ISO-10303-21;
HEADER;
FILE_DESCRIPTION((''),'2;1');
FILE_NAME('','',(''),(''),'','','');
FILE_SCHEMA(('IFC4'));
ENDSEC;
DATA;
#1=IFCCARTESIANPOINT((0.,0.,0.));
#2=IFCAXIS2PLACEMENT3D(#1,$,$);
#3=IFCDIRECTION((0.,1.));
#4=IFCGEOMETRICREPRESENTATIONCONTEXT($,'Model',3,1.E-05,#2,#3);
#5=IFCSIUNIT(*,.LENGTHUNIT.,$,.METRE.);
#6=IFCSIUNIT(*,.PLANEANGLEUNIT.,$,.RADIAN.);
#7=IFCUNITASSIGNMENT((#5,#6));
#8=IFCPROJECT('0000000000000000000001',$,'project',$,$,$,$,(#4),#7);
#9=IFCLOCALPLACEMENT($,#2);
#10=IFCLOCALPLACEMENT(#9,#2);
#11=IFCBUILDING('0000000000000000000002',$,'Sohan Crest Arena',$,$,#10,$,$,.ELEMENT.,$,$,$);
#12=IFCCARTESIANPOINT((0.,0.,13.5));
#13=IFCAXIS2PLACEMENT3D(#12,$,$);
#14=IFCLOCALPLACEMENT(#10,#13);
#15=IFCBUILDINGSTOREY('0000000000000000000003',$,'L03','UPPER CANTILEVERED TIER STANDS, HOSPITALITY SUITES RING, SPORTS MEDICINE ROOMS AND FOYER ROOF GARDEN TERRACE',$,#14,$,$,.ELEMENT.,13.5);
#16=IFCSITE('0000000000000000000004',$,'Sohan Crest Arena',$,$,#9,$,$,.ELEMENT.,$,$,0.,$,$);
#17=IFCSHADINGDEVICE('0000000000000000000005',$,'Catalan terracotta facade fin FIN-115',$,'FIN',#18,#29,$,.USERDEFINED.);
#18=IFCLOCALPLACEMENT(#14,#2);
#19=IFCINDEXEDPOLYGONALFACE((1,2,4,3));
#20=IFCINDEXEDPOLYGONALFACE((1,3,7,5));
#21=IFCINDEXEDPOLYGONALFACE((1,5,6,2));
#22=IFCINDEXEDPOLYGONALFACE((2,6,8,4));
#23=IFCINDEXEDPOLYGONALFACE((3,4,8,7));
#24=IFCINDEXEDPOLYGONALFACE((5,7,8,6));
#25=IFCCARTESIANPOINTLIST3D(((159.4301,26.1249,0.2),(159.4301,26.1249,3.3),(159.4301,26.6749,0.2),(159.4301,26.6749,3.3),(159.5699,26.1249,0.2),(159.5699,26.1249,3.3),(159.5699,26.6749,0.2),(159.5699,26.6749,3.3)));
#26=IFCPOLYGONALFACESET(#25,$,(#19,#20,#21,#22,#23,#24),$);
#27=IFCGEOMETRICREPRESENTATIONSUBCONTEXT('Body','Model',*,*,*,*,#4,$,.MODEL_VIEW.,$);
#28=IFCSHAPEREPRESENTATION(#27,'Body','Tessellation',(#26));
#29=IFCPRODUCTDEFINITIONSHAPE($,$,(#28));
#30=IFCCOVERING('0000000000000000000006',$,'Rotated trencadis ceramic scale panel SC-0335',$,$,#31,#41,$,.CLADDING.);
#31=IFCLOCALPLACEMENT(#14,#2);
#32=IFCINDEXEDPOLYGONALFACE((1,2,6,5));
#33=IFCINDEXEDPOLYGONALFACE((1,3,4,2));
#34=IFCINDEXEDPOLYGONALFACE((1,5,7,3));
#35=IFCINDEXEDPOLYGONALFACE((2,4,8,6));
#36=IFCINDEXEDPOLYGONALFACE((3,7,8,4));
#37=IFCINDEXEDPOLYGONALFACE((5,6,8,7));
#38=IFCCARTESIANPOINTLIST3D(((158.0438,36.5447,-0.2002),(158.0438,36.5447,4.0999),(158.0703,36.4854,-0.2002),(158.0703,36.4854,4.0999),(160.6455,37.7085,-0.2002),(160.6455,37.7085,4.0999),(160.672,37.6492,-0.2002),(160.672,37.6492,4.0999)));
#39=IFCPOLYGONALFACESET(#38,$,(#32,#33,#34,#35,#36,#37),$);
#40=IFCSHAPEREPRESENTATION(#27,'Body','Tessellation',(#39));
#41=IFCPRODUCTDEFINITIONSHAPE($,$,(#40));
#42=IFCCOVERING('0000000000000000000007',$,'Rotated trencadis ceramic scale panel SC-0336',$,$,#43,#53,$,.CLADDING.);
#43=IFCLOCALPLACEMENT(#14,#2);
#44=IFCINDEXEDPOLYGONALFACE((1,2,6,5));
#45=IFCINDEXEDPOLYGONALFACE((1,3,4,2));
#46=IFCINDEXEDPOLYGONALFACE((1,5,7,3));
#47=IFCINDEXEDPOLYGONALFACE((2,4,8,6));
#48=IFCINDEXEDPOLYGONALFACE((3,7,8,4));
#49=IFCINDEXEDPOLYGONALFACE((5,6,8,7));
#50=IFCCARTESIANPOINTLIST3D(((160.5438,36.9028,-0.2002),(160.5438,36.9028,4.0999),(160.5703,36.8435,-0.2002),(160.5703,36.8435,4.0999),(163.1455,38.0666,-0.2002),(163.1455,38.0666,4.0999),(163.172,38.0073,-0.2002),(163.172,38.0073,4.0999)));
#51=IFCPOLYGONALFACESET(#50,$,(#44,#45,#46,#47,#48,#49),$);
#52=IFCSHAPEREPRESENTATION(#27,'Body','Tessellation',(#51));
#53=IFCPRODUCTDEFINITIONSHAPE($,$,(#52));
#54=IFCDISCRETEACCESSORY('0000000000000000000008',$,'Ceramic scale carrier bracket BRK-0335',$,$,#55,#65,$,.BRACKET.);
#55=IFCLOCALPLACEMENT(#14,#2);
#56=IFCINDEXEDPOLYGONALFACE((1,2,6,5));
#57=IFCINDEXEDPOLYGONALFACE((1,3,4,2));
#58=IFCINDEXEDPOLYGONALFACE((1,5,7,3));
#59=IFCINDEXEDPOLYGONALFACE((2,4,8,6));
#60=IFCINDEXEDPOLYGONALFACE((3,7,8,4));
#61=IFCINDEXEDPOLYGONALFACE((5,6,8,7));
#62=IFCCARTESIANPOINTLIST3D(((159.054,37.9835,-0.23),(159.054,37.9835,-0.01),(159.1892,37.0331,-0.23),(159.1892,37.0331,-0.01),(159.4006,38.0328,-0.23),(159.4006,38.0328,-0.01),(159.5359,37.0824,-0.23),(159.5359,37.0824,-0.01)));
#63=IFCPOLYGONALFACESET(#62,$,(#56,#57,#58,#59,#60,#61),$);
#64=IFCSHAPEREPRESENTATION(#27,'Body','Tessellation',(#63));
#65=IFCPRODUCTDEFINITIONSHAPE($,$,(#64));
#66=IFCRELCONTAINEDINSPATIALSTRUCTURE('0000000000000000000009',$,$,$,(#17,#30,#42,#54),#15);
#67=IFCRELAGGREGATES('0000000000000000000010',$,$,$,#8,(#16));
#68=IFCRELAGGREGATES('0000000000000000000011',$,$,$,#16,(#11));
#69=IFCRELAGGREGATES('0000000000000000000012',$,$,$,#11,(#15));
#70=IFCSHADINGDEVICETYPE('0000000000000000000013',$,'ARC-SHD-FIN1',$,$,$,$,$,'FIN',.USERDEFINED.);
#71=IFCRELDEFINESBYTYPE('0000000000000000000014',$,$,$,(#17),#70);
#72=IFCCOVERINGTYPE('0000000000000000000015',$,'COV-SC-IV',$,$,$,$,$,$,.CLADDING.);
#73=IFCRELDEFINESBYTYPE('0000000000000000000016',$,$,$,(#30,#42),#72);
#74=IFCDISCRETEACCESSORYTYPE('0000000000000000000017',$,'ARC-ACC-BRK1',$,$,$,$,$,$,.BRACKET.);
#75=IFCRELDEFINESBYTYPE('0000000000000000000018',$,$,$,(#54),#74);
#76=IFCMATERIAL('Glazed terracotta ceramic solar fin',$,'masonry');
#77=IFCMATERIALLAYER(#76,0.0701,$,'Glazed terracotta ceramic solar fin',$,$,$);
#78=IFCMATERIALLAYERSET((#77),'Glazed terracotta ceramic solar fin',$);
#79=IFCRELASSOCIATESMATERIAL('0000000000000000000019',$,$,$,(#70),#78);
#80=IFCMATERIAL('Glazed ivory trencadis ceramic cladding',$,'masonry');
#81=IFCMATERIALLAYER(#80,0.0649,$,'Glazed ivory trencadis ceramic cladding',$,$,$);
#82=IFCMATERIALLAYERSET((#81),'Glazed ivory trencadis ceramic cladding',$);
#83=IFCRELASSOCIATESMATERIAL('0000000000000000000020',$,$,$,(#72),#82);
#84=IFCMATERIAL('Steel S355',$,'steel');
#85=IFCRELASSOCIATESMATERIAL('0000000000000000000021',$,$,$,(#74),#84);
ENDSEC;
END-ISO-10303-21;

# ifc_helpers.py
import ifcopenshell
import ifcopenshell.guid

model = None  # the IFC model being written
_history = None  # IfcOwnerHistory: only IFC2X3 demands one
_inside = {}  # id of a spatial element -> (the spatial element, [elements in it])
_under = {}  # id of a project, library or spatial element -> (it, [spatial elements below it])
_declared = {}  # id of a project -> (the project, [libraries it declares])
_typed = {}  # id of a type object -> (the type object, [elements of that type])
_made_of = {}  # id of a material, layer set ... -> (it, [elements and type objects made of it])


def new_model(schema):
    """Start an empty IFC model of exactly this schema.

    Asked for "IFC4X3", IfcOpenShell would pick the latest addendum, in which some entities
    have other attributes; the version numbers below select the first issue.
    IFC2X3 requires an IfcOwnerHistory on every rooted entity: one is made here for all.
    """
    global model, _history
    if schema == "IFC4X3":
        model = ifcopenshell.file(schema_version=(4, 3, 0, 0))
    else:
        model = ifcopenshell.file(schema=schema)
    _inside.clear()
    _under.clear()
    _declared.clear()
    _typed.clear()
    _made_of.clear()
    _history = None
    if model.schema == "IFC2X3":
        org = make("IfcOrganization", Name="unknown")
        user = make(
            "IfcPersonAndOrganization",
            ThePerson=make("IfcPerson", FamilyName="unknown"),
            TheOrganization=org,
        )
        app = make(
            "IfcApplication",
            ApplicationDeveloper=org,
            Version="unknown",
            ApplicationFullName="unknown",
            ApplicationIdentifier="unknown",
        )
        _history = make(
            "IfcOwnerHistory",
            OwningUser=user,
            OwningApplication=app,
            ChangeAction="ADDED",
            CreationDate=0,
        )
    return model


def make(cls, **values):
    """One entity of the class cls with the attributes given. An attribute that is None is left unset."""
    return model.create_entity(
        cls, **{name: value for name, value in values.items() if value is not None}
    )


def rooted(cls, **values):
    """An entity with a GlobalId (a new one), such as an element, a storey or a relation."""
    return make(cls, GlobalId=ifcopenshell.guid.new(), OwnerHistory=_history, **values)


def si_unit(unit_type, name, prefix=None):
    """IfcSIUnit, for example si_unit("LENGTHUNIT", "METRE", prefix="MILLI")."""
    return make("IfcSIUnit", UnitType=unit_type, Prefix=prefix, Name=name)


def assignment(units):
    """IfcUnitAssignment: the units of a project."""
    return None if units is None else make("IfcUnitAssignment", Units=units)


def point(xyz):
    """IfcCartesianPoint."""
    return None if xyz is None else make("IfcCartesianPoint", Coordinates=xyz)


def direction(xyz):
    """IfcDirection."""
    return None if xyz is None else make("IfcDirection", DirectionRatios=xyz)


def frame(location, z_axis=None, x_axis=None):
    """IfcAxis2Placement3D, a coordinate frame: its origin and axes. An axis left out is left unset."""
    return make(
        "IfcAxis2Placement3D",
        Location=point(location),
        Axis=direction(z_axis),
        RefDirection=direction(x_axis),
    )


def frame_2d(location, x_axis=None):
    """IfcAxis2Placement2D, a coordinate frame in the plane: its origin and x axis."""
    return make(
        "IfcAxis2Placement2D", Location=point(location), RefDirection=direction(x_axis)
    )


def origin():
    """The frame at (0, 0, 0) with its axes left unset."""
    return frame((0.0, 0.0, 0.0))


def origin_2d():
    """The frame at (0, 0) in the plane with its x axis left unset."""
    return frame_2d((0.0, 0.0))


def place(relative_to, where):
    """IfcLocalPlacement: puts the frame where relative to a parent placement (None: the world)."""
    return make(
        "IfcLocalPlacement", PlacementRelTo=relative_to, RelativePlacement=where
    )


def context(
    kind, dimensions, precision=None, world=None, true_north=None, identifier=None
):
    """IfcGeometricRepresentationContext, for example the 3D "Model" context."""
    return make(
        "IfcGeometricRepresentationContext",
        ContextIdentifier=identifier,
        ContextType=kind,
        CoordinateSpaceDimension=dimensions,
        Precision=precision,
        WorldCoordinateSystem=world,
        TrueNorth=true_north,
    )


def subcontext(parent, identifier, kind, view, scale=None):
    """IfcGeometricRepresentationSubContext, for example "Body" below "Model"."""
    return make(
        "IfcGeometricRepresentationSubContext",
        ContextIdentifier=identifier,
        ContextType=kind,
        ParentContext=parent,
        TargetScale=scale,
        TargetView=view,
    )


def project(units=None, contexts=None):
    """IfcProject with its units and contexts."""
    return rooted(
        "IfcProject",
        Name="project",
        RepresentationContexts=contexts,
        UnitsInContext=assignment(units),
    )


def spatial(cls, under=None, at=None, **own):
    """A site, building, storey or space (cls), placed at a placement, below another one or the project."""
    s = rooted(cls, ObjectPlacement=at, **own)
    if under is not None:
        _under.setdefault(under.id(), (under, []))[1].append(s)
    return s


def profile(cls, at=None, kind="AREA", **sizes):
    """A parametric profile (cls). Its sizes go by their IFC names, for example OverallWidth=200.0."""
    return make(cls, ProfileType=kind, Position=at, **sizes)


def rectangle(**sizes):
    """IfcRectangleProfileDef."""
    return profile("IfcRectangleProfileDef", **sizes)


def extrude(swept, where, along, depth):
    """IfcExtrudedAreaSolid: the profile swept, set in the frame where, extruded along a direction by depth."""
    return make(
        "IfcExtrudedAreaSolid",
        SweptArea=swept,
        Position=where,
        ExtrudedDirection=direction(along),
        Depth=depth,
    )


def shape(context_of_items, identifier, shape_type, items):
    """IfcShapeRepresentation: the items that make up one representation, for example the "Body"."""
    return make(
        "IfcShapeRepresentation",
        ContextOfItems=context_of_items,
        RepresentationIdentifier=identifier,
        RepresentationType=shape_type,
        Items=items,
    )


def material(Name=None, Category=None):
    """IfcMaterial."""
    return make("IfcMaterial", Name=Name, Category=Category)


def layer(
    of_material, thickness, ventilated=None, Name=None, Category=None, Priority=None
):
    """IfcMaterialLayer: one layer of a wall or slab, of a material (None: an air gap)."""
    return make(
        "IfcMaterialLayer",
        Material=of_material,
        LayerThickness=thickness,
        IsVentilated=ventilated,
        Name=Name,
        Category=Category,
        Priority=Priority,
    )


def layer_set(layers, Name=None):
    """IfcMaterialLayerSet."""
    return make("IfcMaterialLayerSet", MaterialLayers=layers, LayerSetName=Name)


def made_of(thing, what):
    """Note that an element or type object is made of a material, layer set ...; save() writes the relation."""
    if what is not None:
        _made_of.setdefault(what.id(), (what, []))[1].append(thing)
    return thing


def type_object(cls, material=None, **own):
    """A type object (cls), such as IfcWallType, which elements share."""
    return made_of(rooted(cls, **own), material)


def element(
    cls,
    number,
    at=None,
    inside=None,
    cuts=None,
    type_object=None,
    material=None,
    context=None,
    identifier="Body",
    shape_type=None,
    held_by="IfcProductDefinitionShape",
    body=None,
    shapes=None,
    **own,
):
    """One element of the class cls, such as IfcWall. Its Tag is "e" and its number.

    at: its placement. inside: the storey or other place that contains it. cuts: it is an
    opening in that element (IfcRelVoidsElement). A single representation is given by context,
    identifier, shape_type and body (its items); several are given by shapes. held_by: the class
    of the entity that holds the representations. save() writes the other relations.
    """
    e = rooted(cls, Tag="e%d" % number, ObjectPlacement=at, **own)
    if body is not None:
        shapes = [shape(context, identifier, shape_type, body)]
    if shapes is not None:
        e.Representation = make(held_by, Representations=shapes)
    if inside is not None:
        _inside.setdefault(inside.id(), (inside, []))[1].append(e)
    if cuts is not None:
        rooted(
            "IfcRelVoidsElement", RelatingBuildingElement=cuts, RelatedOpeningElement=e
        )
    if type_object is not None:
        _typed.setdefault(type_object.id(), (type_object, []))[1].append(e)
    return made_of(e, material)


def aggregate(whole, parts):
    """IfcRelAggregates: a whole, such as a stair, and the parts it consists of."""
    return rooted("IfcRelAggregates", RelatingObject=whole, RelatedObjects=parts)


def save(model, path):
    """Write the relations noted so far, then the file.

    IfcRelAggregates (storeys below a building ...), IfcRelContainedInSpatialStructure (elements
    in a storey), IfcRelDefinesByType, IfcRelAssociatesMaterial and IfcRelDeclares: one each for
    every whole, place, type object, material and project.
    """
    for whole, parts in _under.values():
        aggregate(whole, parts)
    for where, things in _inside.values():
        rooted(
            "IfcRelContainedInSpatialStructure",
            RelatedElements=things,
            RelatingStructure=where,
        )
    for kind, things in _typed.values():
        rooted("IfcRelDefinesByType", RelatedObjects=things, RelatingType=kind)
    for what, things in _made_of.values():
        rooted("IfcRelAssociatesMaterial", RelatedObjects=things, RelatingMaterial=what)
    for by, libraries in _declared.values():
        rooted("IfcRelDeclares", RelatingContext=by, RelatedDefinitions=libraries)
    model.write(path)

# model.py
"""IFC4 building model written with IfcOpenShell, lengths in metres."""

from ifc_helpers import new_model, si_unit, direction, frame, origin, origin_2d, place, context, subcontext, project, spatial, rectangle, extrude, material, layer, layer_set, type_object, element, save


model = new_model("IFC4")

# Units and contexts
model_context = context("Model", 3, precision=1e-05, world=origin(), true_north=direction((0.0, 1.0)))
body_context = subcontext(model_context, "Body", "Model", "MODEL_VIEW")
ifc_project = project(units=[si_unit("LENGTHUNIT", "METRE"), si_unit("PLANEANGLEUNIT", "RADIAN")], contexts=[model_context])

# Site, building, storey
site_placement = place(None, origin())
site = spatial("IfcSite", under=ifc_project, at=site_placement, Name="Sohan Crest Arena", CompositionType="ELEMENT", RefElevation=0.0)
building_placement = place(site_placement, origin())
building = spatial("IfcBuilding", under=site, at=building_placement, Name="Sohan Crest Arena", CompositionType="ELEMENT")
storey_placement = place(building_placement, frame((0.0, 0.0, 13.5)))
storey = spatial("IfcBuildingStorey", under=building, at=storey_placement, Name="L03", Description="UPPER CANTILEVERED TIER STANDS, HOSPITALITY SUITES RING, SPORTS MEDICINE ROOMS AND FOYER ROOF GARDEN TERRACE", CompositionType="ELEMENT", Elevation=13.5)

# Shared definitions
ifc_material_1 = material(Name="Steel S355", Category="steel")

# Shading device
ifc_material_2 = material(Name="Glazed terracotta ceramic solar fin", Category="masonry")
ifc_layer_1 = layer(ifc_material_2, 0.0701, Name="Glazed terracotta ceramic solar fin")
ifc_layer_set_1 = layer_set([ifc_layer_1], Name="Glazed terracotta ceramic solar fin")
shading_device_type = type_object("IfcShadingDeviceType", Name="ARC-SHD-FIN1", ElementType="FIN", PredefinedType="USERDEFINED", material=ifc_layer_set_1)
for number, where, z_axis, x_axis, name in (
    (1, (159.5, 26.3999, 0.2), (0.0, 0.0, 1.0), (-1.0, 0.0, 0.0), "Catalan terracotta facade fin FIN-115"),
):
    element("IfcShadingDevice", number, at=place(storey_placement, frame(where, z_axis=z_axis, x_axis=x_axis)), inside=storey, type_object=shading_device_type, Name=name, ObjectType="FIN", PredefinedType="USERDEFINED", context=body_context, shape_type="SweptSolid", body=[
        extrude(rectangle(XDim=0.1399, YDim=0.55, at=origin_2d()), origin(), (0.0, 0.0, 1.0), 3.1001),
    ])

# Coverings
ifc_material_3 = material(Name="Glazed ivory trencadis ceramic cladding", Category="masonry")
ifc_layer_2 = layer(ifc_material_3, 0.0649, Name="Glazed ivory trencadis ceramic cladding")
ifc_layer_set_2 = layer_set([ifc_layer_2], Name="Glazed ivory trencadis ceramic cladding")
covering_type = type_object("IfcCoveringType", Name="COV-SC-IV", PredefinedType="CLADDING", material=ifc_layer_set_2)
for number, where, z_axis, x_axis, name in (
    (2, (159.3579, 37.0969, -0.2002), (0.0, 0.0, 1.0), (0.912834, 0.40833, 0.0), "Rotated trencadis ceramic scale panel SC-0335"),
    (3, (161.8579, 37.4551, -0.2002), (0.0, 0.0, 1.0), (0.912834, 0.40833, 0.0), "Rotated trencadis ceramic scale panel SC-0336"),
):
    element("IfcCovering", number, at=place(storey_placement, frame(where, z_axis=z_axis, x_axis=x_axis)), inside=storey, type_object=covering_type, Name=name, PredefinedType="CLADDING", context=body_context, shape_type="SweptSolid", body=[
        extrude(rectangle(XDim=2.8501, YDim=0.0649, at=origin_2d()), origin(), (0.0, 0.0, 1.0), 4.3),
    ])

# Discrete accessory
discrete_accessory_type = type_object("IfcDiscreteAccessoryType", Name="ARC-ACC-BRK1", PredefinedType="BRACKET", material=ifc_material_1)
discrete_accessory_placement = place(storey_placement, frame((159.2949, 37.533, -0.23), z_axis=(0.0, 0.0, 1.0), x_axis=(0.990024, 0.140901, 0.0)))
element("IfcDiscreteAccessory", 4, at=discrete_accessory_placement, inside=storey, type_object=discrete_accessory_type, Name="Ceramic scale carrier bracket BRK-0335", PredefinedType="BRACKET", context=body_context, shape_type="SweptSolid", body=[
    extrude(rectangle(XDim=0.3501, YDim=0.96, at=origin_2d()), origin(), (0.0, 0.0, 1.0), 0.22),
])

save(model, "model.ifc")
